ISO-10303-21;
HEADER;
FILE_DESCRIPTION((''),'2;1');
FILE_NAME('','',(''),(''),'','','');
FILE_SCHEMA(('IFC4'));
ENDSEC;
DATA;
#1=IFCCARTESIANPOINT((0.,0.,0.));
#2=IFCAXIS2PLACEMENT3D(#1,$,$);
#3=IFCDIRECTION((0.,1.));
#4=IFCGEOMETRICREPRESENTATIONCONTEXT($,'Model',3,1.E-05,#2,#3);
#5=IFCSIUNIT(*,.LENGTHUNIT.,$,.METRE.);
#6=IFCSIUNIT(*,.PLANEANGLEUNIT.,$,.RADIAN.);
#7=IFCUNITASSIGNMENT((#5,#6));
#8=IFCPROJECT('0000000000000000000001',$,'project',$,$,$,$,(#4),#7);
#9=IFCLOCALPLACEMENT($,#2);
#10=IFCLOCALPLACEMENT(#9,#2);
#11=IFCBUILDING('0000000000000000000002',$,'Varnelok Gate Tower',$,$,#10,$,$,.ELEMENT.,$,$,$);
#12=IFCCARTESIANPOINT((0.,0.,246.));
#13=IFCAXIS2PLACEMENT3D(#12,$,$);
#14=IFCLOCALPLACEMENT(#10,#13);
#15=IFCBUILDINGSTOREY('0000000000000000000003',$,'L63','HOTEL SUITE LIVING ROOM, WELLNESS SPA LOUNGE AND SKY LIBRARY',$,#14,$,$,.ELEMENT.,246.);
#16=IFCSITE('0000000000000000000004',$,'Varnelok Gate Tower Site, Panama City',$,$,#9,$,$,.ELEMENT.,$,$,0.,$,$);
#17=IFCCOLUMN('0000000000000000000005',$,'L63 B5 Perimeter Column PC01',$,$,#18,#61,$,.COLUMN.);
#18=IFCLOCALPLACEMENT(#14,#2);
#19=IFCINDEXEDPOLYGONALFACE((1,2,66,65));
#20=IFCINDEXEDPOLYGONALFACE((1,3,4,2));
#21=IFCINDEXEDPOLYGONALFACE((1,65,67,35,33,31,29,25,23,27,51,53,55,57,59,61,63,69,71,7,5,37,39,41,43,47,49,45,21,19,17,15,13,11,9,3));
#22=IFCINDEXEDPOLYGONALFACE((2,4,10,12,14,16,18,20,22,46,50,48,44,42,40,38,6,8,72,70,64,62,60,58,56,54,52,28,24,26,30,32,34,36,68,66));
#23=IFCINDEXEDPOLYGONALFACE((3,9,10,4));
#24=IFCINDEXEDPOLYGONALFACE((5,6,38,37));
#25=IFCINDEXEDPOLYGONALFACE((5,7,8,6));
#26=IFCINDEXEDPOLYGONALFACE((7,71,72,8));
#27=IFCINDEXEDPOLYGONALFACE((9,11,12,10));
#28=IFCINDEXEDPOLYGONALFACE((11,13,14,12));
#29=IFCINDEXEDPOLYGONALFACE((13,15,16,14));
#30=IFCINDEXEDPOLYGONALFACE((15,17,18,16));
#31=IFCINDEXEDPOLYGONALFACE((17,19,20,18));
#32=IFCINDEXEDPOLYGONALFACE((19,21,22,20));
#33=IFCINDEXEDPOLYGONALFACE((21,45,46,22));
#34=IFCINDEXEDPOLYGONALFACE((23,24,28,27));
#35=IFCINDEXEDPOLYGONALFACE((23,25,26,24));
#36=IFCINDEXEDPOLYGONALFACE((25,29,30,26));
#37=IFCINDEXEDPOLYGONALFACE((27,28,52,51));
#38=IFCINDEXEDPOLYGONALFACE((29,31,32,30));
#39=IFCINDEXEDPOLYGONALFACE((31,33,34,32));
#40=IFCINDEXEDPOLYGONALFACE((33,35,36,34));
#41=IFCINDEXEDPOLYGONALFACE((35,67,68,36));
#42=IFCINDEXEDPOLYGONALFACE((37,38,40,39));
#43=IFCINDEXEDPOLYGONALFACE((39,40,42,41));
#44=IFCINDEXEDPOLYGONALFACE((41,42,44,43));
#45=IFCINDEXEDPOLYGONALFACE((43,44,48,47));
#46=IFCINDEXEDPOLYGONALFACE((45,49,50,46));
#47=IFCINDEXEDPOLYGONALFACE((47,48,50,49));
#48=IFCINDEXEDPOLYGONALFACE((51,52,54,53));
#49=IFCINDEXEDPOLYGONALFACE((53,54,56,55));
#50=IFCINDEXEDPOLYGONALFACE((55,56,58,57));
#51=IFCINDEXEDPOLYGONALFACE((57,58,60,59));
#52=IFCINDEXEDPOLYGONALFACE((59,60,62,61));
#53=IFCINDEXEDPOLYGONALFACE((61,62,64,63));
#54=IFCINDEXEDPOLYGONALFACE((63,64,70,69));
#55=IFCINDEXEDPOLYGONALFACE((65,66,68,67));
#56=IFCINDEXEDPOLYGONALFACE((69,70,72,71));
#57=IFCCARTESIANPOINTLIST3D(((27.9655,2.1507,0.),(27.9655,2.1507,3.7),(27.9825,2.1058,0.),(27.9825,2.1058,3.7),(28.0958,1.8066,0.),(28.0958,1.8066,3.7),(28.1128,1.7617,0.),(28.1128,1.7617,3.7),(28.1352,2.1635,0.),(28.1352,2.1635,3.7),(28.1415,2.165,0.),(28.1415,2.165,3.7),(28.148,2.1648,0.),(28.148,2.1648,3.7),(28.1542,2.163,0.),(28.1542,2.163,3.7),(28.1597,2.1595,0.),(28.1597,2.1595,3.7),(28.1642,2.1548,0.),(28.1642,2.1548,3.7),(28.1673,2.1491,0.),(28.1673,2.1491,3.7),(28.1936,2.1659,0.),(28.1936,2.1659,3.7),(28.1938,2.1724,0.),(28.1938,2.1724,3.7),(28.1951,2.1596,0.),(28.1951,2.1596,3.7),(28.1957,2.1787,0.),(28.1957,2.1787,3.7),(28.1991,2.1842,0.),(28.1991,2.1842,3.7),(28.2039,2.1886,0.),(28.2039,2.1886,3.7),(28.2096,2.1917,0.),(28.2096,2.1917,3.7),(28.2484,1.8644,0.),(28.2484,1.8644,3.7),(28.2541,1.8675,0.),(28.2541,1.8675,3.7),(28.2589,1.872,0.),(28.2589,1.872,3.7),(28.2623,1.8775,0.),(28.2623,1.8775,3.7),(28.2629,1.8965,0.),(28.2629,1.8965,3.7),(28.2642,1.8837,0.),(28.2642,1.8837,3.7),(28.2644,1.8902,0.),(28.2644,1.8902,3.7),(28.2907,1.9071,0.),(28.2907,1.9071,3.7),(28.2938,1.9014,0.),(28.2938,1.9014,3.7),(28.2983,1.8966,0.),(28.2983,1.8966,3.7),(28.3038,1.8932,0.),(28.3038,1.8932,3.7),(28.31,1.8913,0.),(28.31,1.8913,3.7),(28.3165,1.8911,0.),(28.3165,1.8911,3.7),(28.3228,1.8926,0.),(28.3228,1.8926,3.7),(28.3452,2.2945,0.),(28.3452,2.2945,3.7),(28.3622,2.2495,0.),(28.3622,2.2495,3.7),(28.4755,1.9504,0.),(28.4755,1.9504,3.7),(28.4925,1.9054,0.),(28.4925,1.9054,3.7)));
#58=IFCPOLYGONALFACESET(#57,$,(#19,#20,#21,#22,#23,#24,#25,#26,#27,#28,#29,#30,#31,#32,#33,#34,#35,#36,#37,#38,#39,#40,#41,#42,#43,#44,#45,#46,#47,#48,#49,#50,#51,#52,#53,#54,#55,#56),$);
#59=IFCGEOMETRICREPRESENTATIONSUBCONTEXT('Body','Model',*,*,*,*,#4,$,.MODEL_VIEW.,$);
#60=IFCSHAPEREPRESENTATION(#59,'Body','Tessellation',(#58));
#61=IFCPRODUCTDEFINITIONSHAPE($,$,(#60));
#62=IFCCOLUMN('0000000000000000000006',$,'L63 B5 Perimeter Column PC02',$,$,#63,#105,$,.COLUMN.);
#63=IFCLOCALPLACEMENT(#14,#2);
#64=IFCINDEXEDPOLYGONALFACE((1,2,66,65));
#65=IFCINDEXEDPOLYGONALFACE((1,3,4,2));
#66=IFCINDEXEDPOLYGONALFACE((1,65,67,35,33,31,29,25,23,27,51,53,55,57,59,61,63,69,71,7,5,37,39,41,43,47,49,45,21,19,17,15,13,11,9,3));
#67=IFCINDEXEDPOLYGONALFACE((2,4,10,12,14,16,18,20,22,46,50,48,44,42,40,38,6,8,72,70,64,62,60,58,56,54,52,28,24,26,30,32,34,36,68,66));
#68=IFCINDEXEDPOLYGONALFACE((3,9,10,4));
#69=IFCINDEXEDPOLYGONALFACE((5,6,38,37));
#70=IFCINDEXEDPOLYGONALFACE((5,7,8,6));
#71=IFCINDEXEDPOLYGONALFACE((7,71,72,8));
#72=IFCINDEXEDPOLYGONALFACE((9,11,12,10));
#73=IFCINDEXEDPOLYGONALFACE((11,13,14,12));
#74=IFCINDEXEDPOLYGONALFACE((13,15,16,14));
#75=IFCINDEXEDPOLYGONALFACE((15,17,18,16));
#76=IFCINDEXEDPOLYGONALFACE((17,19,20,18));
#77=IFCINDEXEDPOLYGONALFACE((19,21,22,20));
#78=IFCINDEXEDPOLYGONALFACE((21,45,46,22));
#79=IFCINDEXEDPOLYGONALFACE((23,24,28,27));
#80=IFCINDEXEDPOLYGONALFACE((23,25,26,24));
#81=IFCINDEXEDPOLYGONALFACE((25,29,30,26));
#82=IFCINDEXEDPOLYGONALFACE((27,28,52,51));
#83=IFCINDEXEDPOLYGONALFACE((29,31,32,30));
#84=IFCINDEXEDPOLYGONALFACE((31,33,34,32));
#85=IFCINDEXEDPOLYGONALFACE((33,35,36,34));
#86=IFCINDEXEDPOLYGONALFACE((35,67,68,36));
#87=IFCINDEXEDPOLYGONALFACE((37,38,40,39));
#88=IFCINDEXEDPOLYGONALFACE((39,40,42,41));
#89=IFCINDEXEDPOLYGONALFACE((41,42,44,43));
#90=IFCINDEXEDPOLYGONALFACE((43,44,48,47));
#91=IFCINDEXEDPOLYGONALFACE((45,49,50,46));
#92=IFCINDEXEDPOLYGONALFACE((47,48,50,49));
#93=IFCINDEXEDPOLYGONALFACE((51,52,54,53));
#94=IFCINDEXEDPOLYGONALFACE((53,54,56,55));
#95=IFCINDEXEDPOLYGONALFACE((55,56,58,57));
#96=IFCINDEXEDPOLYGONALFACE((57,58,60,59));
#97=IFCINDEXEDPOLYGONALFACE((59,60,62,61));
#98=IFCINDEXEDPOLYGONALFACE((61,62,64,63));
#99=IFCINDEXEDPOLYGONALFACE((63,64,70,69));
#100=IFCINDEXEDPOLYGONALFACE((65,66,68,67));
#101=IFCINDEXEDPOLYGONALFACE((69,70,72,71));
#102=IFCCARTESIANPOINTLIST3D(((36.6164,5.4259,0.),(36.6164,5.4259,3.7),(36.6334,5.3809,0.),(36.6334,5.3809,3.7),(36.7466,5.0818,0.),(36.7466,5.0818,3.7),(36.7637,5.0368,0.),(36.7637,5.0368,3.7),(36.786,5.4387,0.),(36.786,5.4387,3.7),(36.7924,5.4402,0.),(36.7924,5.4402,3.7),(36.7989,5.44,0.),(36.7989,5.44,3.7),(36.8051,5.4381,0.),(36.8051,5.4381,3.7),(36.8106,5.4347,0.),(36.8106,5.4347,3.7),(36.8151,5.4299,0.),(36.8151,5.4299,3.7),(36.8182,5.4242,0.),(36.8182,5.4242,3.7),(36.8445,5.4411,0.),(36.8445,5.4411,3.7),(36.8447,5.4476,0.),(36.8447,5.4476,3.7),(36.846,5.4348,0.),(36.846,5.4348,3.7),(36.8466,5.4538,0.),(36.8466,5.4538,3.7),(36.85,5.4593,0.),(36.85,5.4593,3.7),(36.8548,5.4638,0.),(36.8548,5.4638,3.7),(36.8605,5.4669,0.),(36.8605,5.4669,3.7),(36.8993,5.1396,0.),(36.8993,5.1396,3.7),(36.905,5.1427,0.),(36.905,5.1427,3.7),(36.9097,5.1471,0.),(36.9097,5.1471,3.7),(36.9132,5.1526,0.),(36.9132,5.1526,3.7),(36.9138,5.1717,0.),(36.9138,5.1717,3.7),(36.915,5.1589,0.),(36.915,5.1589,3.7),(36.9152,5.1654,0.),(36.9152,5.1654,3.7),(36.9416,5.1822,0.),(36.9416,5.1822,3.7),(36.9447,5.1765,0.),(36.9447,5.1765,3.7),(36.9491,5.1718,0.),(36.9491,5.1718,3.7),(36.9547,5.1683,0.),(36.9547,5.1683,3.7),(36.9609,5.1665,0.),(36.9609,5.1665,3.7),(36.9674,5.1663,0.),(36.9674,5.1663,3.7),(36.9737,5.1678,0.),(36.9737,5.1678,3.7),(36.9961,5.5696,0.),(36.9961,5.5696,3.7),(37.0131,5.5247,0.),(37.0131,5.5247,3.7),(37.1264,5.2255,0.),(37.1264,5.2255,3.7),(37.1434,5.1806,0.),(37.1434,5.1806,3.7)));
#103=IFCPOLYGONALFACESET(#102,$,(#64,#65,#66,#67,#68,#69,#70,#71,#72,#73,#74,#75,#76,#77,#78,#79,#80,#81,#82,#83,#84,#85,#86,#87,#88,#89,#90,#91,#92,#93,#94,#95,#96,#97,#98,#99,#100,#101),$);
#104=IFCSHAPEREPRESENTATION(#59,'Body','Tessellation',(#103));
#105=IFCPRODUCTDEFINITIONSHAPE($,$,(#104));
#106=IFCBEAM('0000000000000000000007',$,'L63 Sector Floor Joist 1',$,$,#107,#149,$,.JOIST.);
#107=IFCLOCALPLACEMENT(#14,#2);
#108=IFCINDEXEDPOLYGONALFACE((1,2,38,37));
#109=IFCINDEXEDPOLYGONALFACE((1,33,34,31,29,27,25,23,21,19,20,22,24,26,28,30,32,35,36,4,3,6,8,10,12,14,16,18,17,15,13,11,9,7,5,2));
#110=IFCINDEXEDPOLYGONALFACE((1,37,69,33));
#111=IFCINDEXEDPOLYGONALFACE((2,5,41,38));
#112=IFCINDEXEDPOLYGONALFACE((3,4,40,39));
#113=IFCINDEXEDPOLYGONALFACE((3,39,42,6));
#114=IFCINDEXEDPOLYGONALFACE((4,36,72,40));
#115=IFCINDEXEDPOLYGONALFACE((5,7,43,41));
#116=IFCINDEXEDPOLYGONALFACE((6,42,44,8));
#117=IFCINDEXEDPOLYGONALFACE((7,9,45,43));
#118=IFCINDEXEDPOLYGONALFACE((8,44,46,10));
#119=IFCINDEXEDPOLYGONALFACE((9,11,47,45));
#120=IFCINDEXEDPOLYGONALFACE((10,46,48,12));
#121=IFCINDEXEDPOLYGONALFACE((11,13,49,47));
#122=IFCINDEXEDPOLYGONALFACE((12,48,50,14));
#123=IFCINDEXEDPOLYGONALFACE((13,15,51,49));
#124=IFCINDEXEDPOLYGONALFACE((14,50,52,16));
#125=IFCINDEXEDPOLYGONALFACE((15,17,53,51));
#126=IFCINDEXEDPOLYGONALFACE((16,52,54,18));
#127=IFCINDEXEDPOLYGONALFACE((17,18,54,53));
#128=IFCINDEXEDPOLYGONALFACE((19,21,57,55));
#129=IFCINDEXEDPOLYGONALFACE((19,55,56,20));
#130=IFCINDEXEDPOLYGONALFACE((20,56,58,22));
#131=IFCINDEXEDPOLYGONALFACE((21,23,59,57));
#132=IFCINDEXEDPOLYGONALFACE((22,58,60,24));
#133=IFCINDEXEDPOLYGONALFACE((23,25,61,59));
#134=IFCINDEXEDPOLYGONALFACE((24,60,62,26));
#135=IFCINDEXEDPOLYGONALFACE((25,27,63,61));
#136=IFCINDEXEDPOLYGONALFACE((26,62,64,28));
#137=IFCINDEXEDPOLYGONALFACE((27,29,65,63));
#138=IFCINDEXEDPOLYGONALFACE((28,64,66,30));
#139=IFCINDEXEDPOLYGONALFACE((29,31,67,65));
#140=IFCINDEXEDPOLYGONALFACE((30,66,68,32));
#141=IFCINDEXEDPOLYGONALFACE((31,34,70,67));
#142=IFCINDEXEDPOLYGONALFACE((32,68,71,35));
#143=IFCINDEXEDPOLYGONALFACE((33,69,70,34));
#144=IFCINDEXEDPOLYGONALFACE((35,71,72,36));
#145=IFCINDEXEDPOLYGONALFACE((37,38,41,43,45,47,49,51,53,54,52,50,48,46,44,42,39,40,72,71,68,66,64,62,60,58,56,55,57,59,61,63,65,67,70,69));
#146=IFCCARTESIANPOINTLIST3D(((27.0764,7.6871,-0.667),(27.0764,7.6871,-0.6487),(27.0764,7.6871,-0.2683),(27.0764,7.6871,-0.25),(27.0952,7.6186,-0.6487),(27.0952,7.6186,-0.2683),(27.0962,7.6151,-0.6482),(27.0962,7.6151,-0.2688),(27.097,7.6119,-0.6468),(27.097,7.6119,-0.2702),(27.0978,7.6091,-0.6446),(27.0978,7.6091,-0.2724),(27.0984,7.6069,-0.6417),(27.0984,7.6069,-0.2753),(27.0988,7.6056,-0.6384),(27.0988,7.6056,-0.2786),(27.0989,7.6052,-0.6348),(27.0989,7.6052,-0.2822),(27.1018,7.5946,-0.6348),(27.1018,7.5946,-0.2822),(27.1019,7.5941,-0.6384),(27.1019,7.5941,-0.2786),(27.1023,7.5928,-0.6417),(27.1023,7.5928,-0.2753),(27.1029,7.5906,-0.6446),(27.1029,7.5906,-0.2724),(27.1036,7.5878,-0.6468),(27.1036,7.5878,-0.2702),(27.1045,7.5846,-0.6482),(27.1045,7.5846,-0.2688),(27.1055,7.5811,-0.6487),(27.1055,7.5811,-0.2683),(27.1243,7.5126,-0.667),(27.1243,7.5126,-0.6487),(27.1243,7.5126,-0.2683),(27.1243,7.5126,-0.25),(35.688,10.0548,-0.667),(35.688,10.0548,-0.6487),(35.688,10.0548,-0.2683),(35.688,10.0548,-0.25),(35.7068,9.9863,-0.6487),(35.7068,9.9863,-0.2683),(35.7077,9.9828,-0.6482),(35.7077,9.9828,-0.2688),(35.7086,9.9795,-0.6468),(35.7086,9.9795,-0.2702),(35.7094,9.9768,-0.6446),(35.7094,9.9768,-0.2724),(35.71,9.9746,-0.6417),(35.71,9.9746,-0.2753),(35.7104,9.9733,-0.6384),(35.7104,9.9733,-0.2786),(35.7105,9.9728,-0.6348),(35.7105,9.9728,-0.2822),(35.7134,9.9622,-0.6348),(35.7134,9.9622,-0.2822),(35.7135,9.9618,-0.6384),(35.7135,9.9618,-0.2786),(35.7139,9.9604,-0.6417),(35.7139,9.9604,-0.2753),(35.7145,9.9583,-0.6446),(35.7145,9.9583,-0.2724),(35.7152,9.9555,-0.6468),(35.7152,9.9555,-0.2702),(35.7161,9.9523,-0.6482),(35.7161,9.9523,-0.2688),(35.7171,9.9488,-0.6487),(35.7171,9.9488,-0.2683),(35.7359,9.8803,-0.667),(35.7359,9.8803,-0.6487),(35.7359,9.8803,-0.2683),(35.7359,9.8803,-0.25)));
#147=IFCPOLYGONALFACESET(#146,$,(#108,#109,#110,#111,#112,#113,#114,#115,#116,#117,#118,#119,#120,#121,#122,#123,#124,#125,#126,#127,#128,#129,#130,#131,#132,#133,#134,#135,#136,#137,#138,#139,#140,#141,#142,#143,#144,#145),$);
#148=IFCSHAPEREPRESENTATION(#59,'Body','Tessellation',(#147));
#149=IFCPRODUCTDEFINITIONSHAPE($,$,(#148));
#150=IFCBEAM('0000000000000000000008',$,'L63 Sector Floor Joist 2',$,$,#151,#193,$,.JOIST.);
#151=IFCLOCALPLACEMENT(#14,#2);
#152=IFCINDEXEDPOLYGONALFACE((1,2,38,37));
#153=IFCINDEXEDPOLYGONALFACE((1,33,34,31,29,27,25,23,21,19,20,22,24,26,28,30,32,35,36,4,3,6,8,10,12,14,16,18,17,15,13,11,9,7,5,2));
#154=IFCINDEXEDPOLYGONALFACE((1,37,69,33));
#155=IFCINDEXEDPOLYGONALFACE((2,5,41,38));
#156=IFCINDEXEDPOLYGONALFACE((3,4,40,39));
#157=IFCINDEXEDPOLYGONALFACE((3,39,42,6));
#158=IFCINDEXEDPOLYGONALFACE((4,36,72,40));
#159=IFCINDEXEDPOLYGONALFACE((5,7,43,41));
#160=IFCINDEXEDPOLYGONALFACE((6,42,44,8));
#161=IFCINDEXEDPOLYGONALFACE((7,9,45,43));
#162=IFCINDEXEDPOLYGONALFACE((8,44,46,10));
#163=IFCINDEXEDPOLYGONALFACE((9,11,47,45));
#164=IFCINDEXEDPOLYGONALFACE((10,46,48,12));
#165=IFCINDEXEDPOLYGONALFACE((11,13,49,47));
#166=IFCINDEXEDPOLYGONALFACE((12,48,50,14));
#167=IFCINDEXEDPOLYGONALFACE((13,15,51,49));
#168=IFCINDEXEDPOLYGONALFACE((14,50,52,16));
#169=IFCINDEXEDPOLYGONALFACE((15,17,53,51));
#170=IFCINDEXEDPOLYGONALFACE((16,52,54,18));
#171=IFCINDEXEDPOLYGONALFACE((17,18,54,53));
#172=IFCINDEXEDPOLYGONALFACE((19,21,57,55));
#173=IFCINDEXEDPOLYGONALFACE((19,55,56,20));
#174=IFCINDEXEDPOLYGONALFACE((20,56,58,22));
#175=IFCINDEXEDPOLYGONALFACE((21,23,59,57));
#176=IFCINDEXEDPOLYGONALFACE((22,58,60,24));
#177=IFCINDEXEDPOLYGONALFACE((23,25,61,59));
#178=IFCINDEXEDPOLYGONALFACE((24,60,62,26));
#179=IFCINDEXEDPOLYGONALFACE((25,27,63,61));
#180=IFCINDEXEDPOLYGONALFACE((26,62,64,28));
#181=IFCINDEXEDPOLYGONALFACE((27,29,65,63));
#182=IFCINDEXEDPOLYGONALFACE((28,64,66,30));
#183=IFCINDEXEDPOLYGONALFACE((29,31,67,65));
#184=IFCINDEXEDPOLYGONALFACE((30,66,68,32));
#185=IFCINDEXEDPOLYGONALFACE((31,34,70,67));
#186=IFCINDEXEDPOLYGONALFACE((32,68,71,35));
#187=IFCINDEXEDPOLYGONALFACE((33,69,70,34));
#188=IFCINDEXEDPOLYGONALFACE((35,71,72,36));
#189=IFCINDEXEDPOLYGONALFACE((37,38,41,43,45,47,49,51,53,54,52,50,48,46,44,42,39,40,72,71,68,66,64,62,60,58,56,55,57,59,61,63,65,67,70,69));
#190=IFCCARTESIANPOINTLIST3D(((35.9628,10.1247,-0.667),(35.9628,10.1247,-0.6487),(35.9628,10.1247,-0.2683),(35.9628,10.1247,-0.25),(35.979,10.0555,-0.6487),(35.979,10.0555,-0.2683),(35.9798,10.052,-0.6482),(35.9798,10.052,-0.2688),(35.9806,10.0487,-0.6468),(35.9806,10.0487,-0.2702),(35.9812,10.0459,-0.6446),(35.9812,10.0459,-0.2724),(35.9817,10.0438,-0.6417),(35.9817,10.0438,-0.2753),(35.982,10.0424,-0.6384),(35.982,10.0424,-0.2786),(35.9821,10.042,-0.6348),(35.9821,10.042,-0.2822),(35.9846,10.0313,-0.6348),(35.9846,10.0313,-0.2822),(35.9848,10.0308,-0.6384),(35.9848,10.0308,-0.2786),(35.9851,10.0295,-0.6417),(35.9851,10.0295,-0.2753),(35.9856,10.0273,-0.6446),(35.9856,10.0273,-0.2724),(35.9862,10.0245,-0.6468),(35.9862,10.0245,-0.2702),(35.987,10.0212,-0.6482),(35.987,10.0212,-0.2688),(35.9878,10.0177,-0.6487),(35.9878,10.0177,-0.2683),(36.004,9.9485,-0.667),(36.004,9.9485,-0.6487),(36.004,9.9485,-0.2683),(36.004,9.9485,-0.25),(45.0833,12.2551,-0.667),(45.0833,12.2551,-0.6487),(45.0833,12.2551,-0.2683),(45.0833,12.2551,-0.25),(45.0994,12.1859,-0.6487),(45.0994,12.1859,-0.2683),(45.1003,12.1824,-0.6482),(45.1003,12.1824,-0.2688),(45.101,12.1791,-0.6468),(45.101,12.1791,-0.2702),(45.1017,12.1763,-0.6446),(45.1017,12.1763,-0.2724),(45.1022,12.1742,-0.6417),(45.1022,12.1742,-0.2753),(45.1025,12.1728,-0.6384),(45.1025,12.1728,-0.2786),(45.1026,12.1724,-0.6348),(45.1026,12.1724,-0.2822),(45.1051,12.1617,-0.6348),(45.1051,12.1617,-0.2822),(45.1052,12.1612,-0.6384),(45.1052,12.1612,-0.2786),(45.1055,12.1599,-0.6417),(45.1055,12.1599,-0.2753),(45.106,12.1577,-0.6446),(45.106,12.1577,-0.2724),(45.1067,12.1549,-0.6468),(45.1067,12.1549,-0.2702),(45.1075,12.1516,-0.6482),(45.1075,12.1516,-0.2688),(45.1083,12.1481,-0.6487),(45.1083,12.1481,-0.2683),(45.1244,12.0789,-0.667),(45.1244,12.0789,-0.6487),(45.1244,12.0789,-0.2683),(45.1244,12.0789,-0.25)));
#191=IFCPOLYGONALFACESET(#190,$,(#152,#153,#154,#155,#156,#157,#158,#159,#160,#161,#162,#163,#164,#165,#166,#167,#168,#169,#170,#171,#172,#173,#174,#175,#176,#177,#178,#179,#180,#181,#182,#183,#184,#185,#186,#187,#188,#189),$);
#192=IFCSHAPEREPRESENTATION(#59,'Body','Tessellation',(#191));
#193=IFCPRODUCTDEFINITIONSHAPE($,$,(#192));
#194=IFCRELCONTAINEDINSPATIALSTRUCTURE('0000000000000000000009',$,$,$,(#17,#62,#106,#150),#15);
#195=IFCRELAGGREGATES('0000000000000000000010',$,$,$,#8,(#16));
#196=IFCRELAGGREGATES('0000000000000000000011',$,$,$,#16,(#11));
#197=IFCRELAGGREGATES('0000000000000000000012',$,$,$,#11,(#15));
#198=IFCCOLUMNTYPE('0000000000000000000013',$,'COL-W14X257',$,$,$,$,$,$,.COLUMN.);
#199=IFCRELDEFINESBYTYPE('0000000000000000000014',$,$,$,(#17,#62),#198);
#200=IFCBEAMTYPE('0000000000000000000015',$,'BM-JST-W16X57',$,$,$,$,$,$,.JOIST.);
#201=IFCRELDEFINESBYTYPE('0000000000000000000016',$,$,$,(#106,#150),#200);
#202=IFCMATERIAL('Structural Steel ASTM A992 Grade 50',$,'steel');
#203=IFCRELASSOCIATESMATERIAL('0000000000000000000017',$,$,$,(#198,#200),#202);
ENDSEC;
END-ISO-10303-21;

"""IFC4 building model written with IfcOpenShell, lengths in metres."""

from ifc_helpers import new_model, si_unit, direction, frame, origin, origin_2d, place, context, subcontext, project, spatial, i_section, extrude, material, material_profile, profile_set, type_object, element, save


model = new_model("IFC4")

# Units and contexts
model_context = context("Model", 3, precision=1e-05, world=origin(), true_north=direction((0.0, 1.0)))
body_context = subcontext(model_context, "Body", "Model", "MODEL_VIEW")
ifc_project = project(units=[si_unit("LENGTHUNIT", "METRE"), si_unit("PLANEANGLEUNIT", "RADIAN")], contexts=[model_context])

# Site, building, storey
site_placement = place(None, origin())
site = spatial("IfcSite", under=ifc_project, at=site_placement, Name="Varnelok Gate Tower Site, Panama City", CompositionType="ELEMENT", RefElevation=0.0)
building_placement = place(site_placement, origin())
building = spatial("IfcBuilding", under=site, at=building_placement, Name="Varnelok Gate Tower", CompositionType="ELEMENT")
storey_placement = place(building_placement, frame((0.0, 0.0, 246.0)))
storey = spatial("IfcBuildingStorey", under=building, at=storey_placement, Name="L63", Description="HOTEL SUITE LIVING ROOM, WELLNESS SPA LOUNGE AND SKY LIBRARY", CompositionType="ELEMENT", Elevation=246.0)

# Columns
ifc_material_1 = material(Name="Structural Steel ASTM A992 Grade 50", Category="steel")
ifc_material_profile_1 = material_profile(ifc_material_1, i_section(OverallWidth=0.406, OverallDepth=0.416, WebThickness=0.0298, FlangeThickness=0.0481, FilletRadius=0.0249, at=origin_2d()), Name="W14X257")
ifc_profile_set_1 = profile_set([ifc_material_profile_1], Name="Structural Steel ASTM A992 Grade 50")
column_type = type_object("IfcColumnType", Name="COL-W14X257", PredefinedType="COLUMN", material=ifc_profile_set_1)
for number, where, z_axis, x_axis, name in (
    (1, (28.229, 2.0281, 0.0), (0.0, 0.0, 1.0), (0.935222, 0.354063, 0.0), "L63 B5 Perimeter Column PC01"),
    (2, (36.8799, 5.3032, 0.0), (0.0, 0.0, 1.0), (0.935222, 0.354063, 0.0), "L63 B5 Perimeter Column PC02"),
):
    element("IfcColumn", number, at=place(storey_placement, frame(where, z_axis=z_axis, x_axis=x_axis)), inside=storey, type_object=column_type, Name=name, PredefinedType="COLUMN", context=body_context, shape_type="SweptSolid", body=[
        extrude(i_section(OverallWidth=0.406, OverallDepth=0.416, WebThickness=0.0298, FlangeThickness=0.0481, FilletRadius=0.0249, at=origin_2d()), origin(), (0.0, 0.0, 1.0), 3.7),
    ])

# Beams
ifc_material_profile_2 = material_profile(ifc_material_1, i_section(OverallWidth=0.1809, OverallDepth=0.417, WebThickness=0.011, FlangeThickness=0.0183, FilletRadius=0.0139, at=origin_2d()), Name="W16X57")
ifc_profile_set_2 = profile_set([ifc_material_profile_2], Name="Structural Steel ASTM A992 Grade 50")
beam_type_1 = type_object("IfcBeamType", Name="BM-JST-W16X57", PredefinedType="JOIST", material=ifc_profile_set_2)
beam_1_placement = place(storey_placement, frame((27.1003, 7.5999, -0.4585), z_axis=(0.96422, 0.265104, 0.0), x_axis=(-0.265104, 0.96422, 0.0)))
element("IfcBeam", 3, at=beam_1_placement, inside=storey, type_object=beam_type_1, Name="L63 Sector Floor Joist 1", PredefinedType="JOIST", context=body_context, shape_type="SweptSolid", body=[
    extrude(i_section(OverallWidth=0.1809, OverallDepth=0.417, WebThickness=0.011, FlangeThickness=0.0183, FilletRadius=0.0139, at=origin_2d()), origin(), (0.0, 0.0, 1.0), 8.9312),
])
beam_2_placement = place(storey_placement, frame((35.9834, 10.0366, -0.4585), z_axis=(0.973787, 0.227461, 0.0), x_axis=(-0.227461, 0.973787, 0.0)))
element("IfcBeam", 4, at=beam_2_placement, inside=storey, type_object=beam_type_1, Name="L63 Sector Floor Joist 2", PredefinedType="JOIST", context=body_context, shape_type="SweptSolid", body=[
    extrude(i_section(OverallWidth=0.1809, OverallDepth=0.417, WebThickness=0.011, FlangeThickness=0.0183, FilletRadius=0.0139, at=origin_2d()), origin(), (0.0, 0.0, 1.0), 9.366),
])

save(model, "model.ifc")
